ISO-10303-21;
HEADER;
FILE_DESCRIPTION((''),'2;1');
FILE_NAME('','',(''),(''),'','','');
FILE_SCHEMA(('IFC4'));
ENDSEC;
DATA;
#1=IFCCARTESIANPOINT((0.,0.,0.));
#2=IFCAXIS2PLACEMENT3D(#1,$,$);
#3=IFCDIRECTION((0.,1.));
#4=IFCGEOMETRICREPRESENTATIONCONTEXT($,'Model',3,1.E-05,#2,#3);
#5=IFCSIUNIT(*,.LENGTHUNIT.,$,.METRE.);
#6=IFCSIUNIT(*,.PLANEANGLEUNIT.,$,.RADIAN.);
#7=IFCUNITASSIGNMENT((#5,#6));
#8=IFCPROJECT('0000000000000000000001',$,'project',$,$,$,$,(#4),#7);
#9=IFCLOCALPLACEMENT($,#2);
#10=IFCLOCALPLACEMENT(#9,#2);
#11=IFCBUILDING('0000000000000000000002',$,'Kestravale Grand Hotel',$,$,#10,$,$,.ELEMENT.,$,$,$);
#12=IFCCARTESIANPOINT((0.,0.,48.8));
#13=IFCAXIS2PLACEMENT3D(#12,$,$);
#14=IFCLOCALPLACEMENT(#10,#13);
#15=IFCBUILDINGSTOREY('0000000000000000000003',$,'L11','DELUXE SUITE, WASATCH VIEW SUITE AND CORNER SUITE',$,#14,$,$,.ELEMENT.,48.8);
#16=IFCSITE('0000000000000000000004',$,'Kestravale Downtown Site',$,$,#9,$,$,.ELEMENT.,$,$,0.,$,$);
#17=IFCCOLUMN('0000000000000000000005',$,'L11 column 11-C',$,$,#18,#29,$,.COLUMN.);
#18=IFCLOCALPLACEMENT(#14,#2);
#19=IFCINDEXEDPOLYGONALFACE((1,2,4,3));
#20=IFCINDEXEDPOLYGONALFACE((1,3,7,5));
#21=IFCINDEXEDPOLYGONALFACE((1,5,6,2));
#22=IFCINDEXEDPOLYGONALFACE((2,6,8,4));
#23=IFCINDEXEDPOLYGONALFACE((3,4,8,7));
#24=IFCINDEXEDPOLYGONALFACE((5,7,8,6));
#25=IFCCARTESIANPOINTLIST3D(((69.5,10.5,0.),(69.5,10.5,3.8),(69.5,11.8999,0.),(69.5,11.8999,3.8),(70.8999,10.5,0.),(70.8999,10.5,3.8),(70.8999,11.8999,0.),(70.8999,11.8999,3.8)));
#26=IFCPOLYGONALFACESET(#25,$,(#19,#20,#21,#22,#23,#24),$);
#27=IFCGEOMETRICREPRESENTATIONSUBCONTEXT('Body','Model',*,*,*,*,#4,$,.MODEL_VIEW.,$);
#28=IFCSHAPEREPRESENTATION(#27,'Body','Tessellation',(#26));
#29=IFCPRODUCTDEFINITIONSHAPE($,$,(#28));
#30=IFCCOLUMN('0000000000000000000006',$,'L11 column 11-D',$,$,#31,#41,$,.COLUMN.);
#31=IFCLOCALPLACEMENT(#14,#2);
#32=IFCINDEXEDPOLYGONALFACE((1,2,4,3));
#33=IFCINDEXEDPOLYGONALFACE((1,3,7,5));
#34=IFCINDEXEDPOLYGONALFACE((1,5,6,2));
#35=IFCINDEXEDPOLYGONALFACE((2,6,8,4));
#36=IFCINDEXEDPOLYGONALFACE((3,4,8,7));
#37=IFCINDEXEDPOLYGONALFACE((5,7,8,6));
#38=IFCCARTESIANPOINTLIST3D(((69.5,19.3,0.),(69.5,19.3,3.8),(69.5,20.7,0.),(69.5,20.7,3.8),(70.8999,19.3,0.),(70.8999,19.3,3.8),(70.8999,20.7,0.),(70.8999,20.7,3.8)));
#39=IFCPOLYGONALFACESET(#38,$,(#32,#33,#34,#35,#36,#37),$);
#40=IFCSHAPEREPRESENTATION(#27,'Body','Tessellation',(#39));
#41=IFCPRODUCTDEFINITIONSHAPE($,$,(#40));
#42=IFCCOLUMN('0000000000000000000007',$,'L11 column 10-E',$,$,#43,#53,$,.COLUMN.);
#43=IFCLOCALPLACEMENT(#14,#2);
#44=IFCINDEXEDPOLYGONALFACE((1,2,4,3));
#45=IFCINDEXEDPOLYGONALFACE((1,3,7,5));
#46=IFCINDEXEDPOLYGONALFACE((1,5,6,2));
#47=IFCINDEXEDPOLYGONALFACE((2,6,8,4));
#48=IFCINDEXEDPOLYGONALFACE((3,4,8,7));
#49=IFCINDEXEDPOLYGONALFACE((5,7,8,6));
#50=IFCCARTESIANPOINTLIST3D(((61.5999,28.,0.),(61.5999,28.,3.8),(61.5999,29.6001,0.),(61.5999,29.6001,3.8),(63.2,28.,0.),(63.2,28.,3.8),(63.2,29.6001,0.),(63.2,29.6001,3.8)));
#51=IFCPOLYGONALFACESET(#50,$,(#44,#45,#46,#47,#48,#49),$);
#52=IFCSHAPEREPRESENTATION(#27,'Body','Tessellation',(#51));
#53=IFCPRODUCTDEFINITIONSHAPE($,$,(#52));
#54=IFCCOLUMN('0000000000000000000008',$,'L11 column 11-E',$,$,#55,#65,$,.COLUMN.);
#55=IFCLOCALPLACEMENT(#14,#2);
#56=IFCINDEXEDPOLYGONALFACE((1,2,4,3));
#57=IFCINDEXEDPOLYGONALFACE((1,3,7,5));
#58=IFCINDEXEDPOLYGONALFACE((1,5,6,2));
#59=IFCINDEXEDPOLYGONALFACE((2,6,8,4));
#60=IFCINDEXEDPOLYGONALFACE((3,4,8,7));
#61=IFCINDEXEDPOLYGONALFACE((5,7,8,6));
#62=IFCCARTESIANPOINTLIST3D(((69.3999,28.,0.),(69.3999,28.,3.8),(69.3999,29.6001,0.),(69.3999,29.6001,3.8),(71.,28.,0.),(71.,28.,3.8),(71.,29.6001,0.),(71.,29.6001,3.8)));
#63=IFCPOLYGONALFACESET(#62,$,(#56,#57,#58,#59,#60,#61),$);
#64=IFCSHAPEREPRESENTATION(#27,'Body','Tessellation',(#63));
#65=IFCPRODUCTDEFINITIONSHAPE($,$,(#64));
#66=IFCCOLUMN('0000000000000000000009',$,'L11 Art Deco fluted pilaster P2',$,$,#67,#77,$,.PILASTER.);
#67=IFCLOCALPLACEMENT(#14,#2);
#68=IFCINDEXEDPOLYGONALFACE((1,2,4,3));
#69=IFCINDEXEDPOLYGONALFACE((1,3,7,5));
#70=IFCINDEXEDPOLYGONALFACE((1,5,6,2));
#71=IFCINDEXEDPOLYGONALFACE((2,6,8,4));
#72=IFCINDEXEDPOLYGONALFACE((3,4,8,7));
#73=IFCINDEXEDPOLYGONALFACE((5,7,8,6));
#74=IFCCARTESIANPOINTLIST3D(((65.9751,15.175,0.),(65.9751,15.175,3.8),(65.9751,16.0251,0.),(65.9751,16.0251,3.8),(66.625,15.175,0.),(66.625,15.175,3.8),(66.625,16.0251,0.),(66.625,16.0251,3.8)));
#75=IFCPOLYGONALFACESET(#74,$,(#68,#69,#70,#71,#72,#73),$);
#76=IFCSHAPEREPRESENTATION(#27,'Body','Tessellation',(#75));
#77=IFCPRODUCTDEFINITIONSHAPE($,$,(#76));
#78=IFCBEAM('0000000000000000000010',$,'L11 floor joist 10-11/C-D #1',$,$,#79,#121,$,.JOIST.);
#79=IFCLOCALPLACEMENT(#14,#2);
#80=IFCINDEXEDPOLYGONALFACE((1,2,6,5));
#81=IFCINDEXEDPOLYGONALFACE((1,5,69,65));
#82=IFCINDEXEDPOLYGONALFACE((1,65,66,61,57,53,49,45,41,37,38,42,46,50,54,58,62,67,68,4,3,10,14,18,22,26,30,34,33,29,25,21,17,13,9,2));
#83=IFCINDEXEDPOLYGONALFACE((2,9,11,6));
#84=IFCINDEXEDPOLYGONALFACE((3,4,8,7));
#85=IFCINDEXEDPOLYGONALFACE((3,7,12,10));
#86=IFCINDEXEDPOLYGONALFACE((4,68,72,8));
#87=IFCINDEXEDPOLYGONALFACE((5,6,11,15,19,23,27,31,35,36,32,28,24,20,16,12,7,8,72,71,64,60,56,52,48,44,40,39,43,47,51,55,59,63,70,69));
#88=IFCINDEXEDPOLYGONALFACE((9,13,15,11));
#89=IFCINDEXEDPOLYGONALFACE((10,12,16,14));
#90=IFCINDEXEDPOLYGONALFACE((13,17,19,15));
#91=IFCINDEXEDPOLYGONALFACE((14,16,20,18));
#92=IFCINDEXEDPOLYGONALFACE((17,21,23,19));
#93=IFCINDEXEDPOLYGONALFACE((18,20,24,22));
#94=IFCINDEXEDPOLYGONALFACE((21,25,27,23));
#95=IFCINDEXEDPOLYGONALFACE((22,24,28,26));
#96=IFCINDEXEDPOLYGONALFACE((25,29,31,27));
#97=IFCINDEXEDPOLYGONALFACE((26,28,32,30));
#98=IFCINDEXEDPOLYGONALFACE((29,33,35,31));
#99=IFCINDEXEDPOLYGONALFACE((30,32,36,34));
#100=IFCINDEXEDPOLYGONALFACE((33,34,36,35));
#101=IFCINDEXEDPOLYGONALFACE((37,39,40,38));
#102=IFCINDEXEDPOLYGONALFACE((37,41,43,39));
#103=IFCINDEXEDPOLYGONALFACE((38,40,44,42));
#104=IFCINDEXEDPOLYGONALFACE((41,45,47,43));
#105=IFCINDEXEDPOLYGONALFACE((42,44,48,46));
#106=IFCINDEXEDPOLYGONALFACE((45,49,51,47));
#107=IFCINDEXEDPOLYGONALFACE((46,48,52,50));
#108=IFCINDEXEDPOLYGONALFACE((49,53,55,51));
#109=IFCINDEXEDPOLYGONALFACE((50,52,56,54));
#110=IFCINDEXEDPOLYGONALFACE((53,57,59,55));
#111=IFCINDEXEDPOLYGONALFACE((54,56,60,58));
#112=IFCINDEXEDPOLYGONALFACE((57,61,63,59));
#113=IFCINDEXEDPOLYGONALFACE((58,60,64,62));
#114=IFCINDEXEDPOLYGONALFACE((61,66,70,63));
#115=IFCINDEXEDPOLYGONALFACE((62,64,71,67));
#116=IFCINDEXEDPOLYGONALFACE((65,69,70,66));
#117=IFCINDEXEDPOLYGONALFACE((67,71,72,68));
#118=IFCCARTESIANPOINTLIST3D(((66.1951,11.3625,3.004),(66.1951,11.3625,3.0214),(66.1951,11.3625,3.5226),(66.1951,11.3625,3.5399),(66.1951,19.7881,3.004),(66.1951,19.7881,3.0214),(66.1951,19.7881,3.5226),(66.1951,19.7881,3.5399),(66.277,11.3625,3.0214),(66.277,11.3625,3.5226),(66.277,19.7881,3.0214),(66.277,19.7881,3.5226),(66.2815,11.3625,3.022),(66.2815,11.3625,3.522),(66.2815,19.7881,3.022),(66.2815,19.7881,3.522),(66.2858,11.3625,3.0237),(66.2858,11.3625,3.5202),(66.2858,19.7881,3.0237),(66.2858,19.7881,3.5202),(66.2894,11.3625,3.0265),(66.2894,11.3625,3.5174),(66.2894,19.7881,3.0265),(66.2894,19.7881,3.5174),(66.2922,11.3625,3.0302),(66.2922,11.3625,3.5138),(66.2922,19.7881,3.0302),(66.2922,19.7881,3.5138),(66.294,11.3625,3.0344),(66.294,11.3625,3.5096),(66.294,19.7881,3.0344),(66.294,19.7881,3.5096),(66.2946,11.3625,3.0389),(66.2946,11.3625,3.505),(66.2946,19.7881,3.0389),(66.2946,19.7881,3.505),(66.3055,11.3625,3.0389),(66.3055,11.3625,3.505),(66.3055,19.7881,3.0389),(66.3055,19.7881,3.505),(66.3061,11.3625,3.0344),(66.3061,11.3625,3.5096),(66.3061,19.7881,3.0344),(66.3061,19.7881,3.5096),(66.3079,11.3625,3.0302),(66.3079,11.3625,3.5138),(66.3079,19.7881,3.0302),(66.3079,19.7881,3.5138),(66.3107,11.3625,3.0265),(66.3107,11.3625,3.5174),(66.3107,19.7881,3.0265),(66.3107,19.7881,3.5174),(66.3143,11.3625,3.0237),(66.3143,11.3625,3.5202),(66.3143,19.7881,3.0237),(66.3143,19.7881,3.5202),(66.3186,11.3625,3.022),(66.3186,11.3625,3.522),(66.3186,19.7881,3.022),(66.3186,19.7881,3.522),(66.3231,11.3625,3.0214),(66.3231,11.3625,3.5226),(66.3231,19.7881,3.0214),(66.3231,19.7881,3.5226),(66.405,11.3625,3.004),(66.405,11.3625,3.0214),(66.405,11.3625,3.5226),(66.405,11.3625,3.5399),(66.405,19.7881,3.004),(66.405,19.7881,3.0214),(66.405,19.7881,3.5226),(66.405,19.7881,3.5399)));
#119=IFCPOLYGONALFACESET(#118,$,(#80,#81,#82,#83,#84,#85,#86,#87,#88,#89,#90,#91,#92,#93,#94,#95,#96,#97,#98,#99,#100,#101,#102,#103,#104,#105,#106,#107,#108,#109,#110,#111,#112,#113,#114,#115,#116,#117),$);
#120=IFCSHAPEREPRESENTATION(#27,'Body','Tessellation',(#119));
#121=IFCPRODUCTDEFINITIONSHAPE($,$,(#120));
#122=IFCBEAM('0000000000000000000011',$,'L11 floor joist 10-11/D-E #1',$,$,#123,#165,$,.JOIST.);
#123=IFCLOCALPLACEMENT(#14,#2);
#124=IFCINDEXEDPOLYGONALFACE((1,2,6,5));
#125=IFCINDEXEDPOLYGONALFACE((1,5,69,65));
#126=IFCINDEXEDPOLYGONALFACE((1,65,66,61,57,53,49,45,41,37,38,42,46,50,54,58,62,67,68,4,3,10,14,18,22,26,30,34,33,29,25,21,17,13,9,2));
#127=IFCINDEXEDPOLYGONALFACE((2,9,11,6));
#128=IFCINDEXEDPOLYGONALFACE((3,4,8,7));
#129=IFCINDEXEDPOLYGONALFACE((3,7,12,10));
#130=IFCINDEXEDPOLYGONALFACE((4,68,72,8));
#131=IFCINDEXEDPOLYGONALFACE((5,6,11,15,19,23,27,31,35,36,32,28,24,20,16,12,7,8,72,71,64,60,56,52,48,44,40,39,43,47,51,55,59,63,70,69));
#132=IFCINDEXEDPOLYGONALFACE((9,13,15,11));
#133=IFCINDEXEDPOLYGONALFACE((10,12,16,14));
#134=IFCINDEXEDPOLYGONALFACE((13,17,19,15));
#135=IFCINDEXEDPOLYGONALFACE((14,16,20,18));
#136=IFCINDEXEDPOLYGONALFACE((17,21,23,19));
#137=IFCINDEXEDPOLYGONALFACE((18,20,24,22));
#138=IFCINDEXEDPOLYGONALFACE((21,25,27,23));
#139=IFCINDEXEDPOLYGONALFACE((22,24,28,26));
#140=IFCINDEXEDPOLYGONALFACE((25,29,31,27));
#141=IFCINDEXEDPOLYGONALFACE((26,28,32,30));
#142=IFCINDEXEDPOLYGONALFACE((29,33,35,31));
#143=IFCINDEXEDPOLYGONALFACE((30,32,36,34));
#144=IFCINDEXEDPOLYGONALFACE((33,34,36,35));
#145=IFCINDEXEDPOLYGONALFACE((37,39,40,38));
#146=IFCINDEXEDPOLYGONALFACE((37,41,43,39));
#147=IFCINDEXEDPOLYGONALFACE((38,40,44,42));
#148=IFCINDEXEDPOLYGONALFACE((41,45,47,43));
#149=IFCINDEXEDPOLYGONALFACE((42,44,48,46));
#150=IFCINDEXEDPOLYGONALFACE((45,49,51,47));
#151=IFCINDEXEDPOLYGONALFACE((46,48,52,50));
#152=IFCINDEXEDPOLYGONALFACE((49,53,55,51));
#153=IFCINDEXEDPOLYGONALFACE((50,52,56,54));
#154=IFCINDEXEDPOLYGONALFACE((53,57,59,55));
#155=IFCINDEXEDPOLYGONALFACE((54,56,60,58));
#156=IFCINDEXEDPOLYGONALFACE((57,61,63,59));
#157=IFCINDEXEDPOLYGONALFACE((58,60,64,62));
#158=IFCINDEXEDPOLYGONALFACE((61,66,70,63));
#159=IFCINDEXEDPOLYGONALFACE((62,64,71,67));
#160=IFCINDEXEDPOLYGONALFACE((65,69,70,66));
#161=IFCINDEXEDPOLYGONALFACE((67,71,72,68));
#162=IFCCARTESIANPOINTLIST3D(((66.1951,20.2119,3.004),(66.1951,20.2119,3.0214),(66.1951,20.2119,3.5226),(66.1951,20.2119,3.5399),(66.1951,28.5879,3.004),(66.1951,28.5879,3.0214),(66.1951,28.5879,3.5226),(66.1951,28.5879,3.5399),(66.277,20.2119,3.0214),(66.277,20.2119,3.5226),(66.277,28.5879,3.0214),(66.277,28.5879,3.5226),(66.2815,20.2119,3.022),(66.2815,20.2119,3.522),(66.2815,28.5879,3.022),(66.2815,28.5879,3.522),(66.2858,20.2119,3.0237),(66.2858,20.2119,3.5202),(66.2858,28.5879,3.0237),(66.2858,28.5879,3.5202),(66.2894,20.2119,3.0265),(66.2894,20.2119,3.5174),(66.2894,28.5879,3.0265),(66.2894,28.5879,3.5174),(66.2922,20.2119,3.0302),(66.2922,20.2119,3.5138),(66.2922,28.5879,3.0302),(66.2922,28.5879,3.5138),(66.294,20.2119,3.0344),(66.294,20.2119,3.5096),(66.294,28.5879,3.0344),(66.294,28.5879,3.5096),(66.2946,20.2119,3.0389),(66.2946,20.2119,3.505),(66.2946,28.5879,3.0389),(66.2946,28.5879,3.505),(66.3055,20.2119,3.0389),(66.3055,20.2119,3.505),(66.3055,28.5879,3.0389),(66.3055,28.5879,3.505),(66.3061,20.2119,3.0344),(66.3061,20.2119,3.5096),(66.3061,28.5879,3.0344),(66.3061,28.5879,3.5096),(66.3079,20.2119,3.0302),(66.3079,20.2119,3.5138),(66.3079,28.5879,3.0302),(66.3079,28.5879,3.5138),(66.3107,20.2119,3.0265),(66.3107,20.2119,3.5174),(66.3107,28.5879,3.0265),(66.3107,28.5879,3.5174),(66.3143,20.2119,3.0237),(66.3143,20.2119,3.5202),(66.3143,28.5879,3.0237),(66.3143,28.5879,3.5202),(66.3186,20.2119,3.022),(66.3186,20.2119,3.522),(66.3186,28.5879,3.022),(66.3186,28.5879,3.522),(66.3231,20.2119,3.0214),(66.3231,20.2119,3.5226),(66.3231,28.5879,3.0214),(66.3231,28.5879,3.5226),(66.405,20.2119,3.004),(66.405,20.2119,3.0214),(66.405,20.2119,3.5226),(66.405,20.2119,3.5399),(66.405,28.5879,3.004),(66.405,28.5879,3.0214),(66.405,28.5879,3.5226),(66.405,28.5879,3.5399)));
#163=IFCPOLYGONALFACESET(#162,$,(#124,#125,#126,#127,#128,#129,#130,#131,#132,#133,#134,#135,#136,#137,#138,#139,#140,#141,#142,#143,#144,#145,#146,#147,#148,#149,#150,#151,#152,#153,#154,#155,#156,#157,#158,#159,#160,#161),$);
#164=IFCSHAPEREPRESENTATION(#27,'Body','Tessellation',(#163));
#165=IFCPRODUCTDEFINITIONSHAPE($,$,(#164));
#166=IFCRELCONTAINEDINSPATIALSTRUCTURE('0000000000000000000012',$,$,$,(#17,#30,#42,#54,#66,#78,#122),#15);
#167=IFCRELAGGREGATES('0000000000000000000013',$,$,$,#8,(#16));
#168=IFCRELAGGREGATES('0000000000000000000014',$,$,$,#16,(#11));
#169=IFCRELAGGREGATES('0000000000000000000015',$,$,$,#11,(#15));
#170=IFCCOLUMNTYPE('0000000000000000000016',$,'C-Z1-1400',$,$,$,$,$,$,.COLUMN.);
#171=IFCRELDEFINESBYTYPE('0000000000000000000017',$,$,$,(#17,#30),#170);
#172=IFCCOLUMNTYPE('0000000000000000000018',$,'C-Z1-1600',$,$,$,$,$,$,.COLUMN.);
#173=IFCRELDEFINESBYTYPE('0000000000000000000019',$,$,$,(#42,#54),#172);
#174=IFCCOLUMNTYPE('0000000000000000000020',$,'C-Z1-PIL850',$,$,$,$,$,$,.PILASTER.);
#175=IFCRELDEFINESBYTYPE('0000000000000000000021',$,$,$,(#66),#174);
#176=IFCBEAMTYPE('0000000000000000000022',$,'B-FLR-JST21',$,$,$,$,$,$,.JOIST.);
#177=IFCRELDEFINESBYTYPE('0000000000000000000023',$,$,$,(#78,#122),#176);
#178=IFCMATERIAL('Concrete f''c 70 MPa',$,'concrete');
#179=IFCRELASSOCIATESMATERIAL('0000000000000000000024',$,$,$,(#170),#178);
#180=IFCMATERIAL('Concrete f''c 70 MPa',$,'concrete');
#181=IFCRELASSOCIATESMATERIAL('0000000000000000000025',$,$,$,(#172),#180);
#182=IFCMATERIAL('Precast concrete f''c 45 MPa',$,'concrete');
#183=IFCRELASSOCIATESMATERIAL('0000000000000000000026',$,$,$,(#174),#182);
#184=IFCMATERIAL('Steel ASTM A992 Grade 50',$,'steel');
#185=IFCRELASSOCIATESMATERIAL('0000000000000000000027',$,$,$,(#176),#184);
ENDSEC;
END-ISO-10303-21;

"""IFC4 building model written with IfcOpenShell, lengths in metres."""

from ifc_helpers import new_model, si_unit, direction, frame, origin, origin_2d, place, context, subcontext, project, spatial, rectangle, i_section, extrude, material, material_profile, profile_set, type_object, element, save


model = new_model("IFC4")

# Units and contexts
model_context = context("Model", 3, precision=1e-05, world=origin(), true_north=direction((0.0, 1.0)))
body_context = subcontext(model_context, "Body", "Model", "MODEL_VIEW")
ifc_project = project(units=[si_unit("LENGTHUNIT", "METRE"), si_unit("PLANEANGLEUNIT", "RADIAN")], contexts=[model_context])

# Site, building, storey
site_placement = place(None, origin())
site = spatial("IfcSite", under=ifc_project, at=site_placement, Name="Kestravale Downtown Site", CompositionType="ELEMENT", RefElevation=0.0)
building_placement = place(site_placement, origin())
building = spatial("IfcBuilding", under=site, at=building_placement, Name="Kestravale Grand Hotel", CompositionType="ELEMENT")
storey_placement = place(building_placement, frame((0.0, 0.0, 48.8)))
storey = spatial("IfcBuildingStorey", under=building, at=storey_placement, Name="L11", Description="DELUXE SUITE, WASATCH VIEW SUITE AND CORNER SUITE", CompositionType="ELEMENT", Elevation=48.8)

# Columns
ifc_material_1 = material(Name="Concrete f'c 70 MPa", Category="concrete")
ifc_material_profile_1 = material_profile(ifc_material_1, rectangle(XDim=1.3999, YDim=1.3999, at=origin_2d()))
ifc_profile_set_1 = profile_set([ifc_material_profile_1], Name="Concrete f'c 70 MPa")
column_type_1 = type_object("IfcColumnType", Name="C-Z1-1400", PredefinedType="COLUMN", material=ifc_profile_set_1)
for number, where, z_axis, x_axis, name in (
    (1, (70.2, 11.2, 0.0), (0.0, 0.0, 1.0), (1.0, 0.0, 0.0), "L11 column 11-C"),
    (2, (70.2, 20.0, 0.0), (0.0, 0.0, 1.0), (1.0, 0.0, 0.0), "L11 column 11-D"),
):
    element("IfcColumn", number, at=place(storey_placement, frame(where, z_axis=z_axis, x_axis=x_axis)), inside=storey, type_object=column_type_1, Name=name, PredefinedType="COLUMN", context=body_context, shape_type="SweptSolid", body=[
        extrude(rectangle(XDim=1.3999, YDim=1.3999, at=origin_2d()), origin(), (0.0, 0.0, 1.0), 3.8),
    ])
ifc_material_2 = material(Name="Concrete f'c 70 MPa", Category="concrete")
ifc_material_profile_2 = material_profile(ifc_material_2, rectangle(XDim=1.6001, YDim=1.6001, at=origin_2d()))
ifc_profile_set_2 = profile_set([ifc_material_profile_2], Name="Concrete f'c 70 MPa")
column_type_2 = type_object("IfcColumnType", Name="C-Z1-1600", PredefinedType="COLUMN", material=ifc_profile_set_2)
for number, where, z_axis, x_axis, name in (
    (3, (62.3999, 28.8, 0.0), (0.0, 0.0, 1.0), (1.0, 0.0, 0.0), "L11 column 10-E"),
    (4, (70.2, 28.8, 0.0), (0.0, 0.0, 1.0), (1.0, 0.0, 0.0), "L11 column 11-E"),
):
    element("IfcColumn", number, at=place(storey_placement, frame(where, z_axis=z_axis, x_axis=x_axis)), inside=storey, type_object=column_type_2, Name=name, PredefinedType="COLUMN", context=body_context, shape_type="SweptSolid", body=[
        extrude(rectangle(XDim=1.6001, YDim=1.6001, at=origin_2d()), origin(), (0.0, 0.0, 1.0), 3.8),
    ])
ifc_material_3 = material(Name="Precast concrete f'c 45 MPa", Category="concrete")
ifc_material_profile_3 = material_profile(ifc_material_3, rectangle(XDim=0.6499, YDim=0.8501, at=origin_2d()))
ifc_profile_set_3 = profile_set([ifc_material_profile_3], Name="Precast concrete f'c 45 MPa")
column_type_3 = type_object("IfcColumnType", Name="C-Z1-PIL850", PredefinedType="PILASTER", material=ifc_profile_set_3)
column_placement = place(storey_placement, frame((66.3, 15.6001, 0.0), z_axis=(0.0, 0.0, 1.0), x_axis=(1.0, 0.0, 0.0)))
element("IfcColumn", 5, at=column_placement, inside=storey, type_object=column_type_3, Name="L11 Art Deco fluted pilaster P2", PredefinedType="PILASTER", context=body_context, shape_type="SweptSolid", body=[
    extrude(rectangle(XDim=0.6499, YDim=0.8501, at=origin_2d()), origin(), (0.0, 0.0, 1.0), 3.8),
])

# Beams
ifc_material_4 = material(Name="Steel ASTM A992 Grade 50", Category="steel")
ifc_material_profile_4 = material_profile(ifc_material_4, i_section(OverallWidth=0.21, OverallDepth=0.5359, WebThickness=0.011, FlangeThickness=0.0173, FilletRadius=0.0176, at=origin_2d()))
ifc_profile_set_4 = profile_set([ifc_material_profile_4], Name="Steel ASTM A992 Grade 50")
beam_type_1 = type_object("IfcBeamType", Name="B-FLR-JST21", PredefinedType="JOIST", material=ifc_profile_set_4)
beam_1_placement = place(storey_placement, frame((66.3, 11.3625, 3.272), z_axis=(0.0, 1.0, 0.0), x_axis=(-1.0, 0.0, 0.0)))
element("IfcBeam", 6, at=beam_1_placement, inside=storey, type_object=beam_type_1, Name="L11 floor joist 10-11/C-D #1", PredefinedType="JOIST", context=body_context, shape_type="SweptSolid", body=[
    extrude(i_section(OverallWidth=0.21, OverallDepth=0.5359, WebThickness=0.011, FlangeThickness=0.0173, FilletRadius=0.0176, at=origin_2d()), origin(), (0.0, 0.0, 1.0), 8.4255),
])
beam_2_placement = place(storey_placement, frame((66.3, 20.2119, 3.272), z_axis=(0.0, 1.0, 0.0), x_axis=(-1.0, 0.0, 0.0)))
element("IfcBeam", 7, at=beam_2_placement, inside=storey, type_object=beam_type_1, Name="L11 floor joist 10-11/D-E #1", PredefinedType="JOIST", context=body_context, shape_type="SweptSolid", body=[
    extrude(i_section(OverallWidth=0.21, OverallDepth=0.5359, WebThickness=0.011, FlangeThickness=0.0173, FilletRadius=0.0176, at=origin_2d()), origin(), (0.0, 0.0, 1.0), 8.376),
])

save(model, "model.ifc")
